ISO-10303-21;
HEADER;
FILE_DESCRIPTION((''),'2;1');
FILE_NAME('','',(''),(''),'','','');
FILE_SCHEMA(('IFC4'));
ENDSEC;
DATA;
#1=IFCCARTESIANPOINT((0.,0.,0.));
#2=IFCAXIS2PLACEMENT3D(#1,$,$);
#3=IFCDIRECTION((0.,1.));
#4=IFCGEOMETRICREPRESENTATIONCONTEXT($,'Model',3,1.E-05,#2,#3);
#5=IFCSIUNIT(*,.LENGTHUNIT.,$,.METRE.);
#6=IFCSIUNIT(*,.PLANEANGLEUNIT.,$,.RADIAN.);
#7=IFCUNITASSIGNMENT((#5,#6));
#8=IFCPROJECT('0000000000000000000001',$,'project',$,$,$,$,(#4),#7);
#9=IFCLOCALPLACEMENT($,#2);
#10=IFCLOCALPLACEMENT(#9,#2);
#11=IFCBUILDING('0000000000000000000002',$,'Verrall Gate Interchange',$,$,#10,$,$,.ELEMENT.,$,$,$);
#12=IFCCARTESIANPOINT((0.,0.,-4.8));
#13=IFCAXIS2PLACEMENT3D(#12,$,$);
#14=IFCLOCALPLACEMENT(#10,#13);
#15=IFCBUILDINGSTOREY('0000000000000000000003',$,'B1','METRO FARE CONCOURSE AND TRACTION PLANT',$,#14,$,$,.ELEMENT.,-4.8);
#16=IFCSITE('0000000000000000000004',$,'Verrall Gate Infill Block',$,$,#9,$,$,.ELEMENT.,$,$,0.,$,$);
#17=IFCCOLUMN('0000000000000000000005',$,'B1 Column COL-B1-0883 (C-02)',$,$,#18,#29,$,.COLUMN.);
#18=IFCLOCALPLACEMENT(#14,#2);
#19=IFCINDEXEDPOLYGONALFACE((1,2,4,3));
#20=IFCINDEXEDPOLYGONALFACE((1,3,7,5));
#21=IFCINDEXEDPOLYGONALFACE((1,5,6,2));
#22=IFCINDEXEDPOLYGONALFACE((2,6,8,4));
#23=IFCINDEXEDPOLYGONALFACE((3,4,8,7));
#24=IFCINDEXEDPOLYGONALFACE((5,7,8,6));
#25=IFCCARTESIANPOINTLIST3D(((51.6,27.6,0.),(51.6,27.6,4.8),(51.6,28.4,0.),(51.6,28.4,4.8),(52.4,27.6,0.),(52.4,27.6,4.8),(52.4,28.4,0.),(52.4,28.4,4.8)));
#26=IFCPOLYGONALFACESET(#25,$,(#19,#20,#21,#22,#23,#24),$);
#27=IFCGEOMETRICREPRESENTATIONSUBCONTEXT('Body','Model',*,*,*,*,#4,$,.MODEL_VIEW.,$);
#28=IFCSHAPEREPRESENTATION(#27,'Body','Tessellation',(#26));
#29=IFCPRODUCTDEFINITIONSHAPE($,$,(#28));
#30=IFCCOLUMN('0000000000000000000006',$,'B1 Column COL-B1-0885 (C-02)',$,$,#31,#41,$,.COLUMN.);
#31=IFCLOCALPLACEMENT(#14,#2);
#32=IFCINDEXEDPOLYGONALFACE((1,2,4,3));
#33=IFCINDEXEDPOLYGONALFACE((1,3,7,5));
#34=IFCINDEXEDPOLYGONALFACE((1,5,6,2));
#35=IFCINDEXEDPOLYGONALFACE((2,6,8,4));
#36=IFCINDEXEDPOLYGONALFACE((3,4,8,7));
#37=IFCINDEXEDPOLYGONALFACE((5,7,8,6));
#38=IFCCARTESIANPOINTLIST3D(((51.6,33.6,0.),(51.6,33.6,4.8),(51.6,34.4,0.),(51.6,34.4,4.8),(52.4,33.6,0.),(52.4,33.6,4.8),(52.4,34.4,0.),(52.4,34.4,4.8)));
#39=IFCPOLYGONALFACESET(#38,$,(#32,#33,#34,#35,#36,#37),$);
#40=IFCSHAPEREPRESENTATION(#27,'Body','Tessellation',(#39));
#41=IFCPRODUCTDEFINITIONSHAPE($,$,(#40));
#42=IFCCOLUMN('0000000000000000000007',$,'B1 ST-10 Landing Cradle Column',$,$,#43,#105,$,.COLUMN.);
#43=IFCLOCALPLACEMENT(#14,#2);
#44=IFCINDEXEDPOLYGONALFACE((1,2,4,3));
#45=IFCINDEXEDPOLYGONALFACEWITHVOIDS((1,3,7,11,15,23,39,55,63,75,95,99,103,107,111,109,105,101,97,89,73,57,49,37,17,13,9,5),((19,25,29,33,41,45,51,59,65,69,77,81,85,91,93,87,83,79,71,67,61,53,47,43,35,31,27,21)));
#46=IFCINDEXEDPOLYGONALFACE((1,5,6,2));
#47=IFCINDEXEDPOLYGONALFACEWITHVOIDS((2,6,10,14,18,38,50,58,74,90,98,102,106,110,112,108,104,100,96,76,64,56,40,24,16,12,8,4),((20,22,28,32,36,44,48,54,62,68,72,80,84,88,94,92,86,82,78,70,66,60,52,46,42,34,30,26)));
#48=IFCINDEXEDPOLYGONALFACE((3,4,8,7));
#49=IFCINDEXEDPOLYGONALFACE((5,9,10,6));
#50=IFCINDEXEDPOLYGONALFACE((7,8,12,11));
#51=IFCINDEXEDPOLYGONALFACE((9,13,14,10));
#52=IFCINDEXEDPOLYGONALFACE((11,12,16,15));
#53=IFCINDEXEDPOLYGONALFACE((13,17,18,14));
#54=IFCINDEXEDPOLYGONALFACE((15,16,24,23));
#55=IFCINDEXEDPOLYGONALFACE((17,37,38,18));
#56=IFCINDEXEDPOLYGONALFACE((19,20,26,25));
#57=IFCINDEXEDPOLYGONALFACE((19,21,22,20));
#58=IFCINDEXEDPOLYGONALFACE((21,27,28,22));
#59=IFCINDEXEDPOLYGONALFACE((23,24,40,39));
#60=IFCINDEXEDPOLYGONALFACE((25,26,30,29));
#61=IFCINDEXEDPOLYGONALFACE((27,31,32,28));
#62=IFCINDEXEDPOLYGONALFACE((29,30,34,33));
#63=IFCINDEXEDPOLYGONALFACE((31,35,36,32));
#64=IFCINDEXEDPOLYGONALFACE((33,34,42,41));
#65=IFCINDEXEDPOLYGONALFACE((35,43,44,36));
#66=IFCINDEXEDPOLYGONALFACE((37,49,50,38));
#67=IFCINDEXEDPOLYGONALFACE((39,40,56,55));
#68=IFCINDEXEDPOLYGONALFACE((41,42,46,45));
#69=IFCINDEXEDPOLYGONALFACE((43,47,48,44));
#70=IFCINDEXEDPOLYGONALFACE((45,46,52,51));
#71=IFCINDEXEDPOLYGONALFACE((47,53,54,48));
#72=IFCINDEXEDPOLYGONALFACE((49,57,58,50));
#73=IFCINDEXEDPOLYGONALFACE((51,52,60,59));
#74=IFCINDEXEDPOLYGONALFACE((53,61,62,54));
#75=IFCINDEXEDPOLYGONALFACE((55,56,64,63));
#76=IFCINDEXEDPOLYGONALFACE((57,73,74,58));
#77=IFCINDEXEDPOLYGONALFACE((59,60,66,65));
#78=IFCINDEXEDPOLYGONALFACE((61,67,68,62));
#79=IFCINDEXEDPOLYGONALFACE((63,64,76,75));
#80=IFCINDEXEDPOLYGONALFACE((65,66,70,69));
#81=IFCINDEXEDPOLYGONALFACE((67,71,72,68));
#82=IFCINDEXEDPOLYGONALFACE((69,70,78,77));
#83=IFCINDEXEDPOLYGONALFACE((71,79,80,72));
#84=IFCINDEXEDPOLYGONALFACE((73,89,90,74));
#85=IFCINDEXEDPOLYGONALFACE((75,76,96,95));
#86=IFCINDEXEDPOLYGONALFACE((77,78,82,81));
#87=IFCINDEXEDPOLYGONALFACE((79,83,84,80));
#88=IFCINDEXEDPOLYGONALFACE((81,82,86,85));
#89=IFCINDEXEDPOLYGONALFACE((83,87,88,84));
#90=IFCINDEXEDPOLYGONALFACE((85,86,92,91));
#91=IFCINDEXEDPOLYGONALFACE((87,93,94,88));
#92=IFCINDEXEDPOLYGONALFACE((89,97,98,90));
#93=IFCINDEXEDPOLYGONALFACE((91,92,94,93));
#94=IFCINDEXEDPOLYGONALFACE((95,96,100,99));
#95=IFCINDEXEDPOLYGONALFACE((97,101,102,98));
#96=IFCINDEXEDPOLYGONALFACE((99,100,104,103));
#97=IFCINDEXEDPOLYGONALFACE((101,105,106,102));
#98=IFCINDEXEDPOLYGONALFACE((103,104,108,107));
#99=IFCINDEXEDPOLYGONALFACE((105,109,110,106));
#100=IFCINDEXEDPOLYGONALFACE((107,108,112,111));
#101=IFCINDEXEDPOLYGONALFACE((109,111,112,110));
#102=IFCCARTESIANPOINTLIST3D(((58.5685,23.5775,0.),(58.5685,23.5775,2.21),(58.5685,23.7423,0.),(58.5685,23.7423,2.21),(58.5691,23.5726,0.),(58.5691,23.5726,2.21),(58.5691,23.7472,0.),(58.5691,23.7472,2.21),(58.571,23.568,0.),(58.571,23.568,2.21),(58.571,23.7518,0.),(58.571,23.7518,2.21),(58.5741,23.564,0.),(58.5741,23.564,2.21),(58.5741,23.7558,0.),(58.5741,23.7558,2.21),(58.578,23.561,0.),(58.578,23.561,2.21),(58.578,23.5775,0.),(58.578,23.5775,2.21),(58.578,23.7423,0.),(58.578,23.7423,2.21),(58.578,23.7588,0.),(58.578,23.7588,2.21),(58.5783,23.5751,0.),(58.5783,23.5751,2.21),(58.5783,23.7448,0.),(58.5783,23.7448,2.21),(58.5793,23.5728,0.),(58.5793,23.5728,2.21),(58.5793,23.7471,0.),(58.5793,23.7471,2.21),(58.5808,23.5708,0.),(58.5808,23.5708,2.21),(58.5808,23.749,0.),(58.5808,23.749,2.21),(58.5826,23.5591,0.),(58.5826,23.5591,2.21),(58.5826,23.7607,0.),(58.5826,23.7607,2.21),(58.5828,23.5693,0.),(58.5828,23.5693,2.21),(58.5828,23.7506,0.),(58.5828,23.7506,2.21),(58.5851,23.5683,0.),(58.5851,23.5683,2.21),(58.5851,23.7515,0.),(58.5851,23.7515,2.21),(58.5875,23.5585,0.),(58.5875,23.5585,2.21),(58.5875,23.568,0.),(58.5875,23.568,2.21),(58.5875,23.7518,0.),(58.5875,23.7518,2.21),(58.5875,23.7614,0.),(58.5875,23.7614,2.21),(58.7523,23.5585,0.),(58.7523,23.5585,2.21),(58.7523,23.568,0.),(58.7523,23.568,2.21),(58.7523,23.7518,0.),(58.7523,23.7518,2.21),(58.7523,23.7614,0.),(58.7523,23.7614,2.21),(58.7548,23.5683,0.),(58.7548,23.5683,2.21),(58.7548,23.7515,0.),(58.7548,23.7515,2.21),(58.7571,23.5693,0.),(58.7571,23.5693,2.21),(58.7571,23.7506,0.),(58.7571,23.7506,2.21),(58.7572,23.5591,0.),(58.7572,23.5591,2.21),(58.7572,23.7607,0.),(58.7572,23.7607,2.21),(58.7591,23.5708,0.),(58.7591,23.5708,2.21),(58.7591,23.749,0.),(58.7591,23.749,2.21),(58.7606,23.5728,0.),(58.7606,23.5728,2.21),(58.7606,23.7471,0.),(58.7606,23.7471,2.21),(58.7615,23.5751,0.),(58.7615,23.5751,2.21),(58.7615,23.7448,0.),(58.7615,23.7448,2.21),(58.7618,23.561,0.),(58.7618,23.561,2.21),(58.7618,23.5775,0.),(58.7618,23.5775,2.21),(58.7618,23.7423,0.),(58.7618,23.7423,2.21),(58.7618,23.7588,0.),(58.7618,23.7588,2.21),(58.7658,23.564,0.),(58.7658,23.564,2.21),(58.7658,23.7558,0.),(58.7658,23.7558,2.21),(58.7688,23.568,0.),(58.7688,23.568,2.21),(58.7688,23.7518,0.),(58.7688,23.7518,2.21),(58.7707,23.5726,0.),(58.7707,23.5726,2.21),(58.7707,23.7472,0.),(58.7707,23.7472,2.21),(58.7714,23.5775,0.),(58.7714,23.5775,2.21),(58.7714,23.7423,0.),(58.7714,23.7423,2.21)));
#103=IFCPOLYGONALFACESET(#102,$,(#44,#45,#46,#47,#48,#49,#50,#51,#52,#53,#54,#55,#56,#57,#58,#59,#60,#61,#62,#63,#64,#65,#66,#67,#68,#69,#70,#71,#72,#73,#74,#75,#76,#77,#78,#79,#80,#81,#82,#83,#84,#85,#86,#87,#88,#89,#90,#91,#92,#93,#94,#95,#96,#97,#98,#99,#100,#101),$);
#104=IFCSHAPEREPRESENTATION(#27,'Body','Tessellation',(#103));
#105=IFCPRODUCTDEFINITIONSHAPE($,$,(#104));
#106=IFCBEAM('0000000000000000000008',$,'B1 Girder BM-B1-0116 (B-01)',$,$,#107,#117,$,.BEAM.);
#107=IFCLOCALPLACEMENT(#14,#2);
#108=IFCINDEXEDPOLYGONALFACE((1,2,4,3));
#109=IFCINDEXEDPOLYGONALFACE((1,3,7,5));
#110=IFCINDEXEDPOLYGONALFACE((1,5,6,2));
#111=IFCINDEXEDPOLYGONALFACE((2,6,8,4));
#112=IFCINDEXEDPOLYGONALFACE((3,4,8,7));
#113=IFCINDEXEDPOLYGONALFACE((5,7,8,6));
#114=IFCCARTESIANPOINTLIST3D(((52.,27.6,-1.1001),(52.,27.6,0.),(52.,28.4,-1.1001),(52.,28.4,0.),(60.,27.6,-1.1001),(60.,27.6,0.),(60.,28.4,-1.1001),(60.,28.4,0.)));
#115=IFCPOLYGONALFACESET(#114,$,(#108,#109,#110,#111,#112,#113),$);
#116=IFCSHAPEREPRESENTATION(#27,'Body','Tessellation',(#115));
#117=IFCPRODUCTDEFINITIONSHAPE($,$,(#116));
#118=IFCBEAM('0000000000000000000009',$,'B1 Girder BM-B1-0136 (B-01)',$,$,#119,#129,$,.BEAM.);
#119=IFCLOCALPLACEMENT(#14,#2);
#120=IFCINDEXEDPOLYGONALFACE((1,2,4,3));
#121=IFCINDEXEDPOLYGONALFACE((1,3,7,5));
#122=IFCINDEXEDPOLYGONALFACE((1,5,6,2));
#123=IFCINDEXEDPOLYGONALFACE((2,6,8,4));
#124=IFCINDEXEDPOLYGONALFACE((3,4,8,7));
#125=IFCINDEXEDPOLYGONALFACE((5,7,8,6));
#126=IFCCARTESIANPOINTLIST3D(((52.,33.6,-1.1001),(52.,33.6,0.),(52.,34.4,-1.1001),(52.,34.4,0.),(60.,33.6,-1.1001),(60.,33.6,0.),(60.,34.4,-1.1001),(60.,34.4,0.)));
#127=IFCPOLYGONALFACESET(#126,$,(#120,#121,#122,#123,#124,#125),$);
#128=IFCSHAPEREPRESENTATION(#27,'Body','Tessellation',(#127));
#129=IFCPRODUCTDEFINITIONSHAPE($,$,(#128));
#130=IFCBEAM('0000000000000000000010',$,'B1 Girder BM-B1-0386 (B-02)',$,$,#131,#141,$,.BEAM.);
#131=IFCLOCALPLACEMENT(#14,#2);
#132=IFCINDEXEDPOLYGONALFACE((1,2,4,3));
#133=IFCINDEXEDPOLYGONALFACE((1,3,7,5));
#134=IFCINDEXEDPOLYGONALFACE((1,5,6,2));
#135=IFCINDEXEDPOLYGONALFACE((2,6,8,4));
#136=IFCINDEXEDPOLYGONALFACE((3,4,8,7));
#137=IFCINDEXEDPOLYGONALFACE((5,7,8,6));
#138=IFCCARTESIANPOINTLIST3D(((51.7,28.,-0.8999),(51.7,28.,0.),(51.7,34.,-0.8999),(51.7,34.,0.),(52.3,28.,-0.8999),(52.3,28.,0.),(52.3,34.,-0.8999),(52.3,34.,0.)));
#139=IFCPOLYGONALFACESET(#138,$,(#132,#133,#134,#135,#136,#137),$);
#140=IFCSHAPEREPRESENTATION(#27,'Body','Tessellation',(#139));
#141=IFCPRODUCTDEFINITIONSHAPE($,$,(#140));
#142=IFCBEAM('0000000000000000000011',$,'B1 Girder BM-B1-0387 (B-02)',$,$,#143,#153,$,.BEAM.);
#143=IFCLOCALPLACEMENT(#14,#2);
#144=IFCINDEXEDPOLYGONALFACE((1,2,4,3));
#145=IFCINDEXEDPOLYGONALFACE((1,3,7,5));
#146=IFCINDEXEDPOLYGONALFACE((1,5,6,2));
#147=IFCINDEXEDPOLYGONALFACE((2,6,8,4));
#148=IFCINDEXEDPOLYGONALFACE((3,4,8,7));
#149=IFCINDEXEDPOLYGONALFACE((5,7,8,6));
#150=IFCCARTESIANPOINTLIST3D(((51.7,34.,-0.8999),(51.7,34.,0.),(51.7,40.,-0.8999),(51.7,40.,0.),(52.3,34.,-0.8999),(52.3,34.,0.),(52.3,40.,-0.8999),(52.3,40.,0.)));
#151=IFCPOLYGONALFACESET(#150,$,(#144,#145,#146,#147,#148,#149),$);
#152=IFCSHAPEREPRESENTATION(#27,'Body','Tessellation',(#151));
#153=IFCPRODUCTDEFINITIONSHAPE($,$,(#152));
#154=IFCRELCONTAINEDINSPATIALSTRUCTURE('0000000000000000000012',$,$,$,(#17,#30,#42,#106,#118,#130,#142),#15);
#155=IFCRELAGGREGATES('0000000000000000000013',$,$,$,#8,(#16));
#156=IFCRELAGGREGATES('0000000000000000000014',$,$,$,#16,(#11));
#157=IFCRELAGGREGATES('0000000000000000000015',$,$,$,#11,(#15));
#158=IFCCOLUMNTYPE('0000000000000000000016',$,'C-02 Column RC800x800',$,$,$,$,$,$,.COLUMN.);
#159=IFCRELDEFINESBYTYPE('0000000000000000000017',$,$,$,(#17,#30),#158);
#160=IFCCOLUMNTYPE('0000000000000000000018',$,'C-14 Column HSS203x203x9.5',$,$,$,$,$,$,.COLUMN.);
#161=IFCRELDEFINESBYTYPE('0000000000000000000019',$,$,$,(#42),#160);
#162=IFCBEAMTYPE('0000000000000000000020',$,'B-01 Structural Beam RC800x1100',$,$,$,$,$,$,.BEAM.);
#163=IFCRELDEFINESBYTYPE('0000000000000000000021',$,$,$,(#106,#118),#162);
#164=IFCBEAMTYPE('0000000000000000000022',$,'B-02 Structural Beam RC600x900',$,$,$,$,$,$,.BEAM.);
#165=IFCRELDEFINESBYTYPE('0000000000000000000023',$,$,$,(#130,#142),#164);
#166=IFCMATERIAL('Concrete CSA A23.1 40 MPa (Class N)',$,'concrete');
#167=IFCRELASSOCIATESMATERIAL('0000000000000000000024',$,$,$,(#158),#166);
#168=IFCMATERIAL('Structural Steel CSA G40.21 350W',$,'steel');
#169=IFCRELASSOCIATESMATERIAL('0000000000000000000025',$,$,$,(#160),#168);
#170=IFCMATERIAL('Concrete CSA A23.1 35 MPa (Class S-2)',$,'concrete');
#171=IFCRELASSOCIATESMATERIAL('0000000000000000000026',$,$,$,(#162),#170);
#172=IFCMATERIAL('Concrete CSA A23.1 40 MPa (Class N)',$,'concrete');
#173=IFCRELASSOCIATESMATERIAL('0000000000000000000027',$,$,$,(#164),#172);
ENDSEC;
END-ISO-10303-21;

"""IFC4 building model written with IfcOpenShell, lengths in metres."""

from ifc_helpers import new_model, si_unit, direction, frame, origin, origin_2d, place, context, subcontext, project, spatial, rectangle, hollow_rectangle, extrude, material, material_profile, profile_set, type_object, element, save


model = new_model("IFC4")

# Units and contexts
model_context = context("Model", 3, precision=1e-05, world=origin(), true_north=direction((0.0, 1.0)))
body_context = subcontext(model_context, "Body", "Model", "MODEL_VIEW")
ifc_project = project(units=[si_unit("LENGTHUNIT", "METRE"), si_unit("PLANEANGLEUNIT", "RADIAN")], contexts=[model_context])

# Site, building, storey
site_placement = place(None, origin())
site = spatial("IfcSite", under=ifc_project, at=site_placement, Name="Verrall Gate Infill Block", CompositionType="ELEMENT", RefElevation=0.0)
building_placement = place(site_placement, origin())
building = spatial("IfcBuilding", under=site, at=building_placement, Name="Verrall Gate Interchange", CompositionType="ELEMENT")
storey_placement = place(building_placement, frame((0.0, 0.0, -4.8)))
storey = spatial("IfcBuildingStorey", under=building, at=storey_placement, Name="B1", Description="METRO FARE CONCOURSE AND TRACTION PLANT", CompositionType="ELEMENT", Elevation=-4.8)

# Columns
ifc_material_1 = material(Name="Concrete CSA A23.1 40 MPa (Class N)", Category="concrete")
ifc_material_profile_1 = material_profile(ifc_material_1, rectangle(XDim=0.8, YDim=0.8, at=origin_2d()), Name="RC800x800")
ifc_profile_set_1 = profile_set([ifc_material_profile_1], Name="Concrete CSA A23.1 40 MPa (Class N)")
column_type_1 = type_object("IfcColumnType", Name="C-02 Column RC800x800", PredefinedType="COLUMN", material=ifc_profile_set_1)
for number, where, z_axis, x_axis, name in (
    (1, (52.0, 28.0, 0.0), (0.0, 0.0, 1.0), (1.0, 0.0, 0.0), "B1 Column COL-B1-0883 (C-02)"),
    (2, (52.0, 34.0, 0.0), (0.0, 0.0, 1.0), (1.0, 0.0, 0.0), "B1 Column COL-B1-0885 (C-02)"),
):
    element("IfcColumn", number, at=place(storey_placement, frame(where, z_axis=z_axis, x_axis=x_axis)), inside=storey, type_object=column_type_1, Name=name, PredefinedType="COLUMN", context=body_context, shape_type="SweptSolid", body=[
        extrude(rectangle(XDim=0.8, YDim=0.8, at=origin_2d()), origin(), (0.0, 0.0, 1.0), 4.8),
    ])
ifc_material_2 = material(Name="Structural Steel CSA G40.21 350W", Category="steel")
ifc_material_profile_2 = material_profile(ifc_material_2, hollow_rectangle(XDim=0.2029, YDim=0.2029, WallThickness=0.0095, InnerFilletRadius=0.0095, OuterFilletRadius=0.019, at=origin_2d()), Name="HSS203x203x9.5")
ifc_profile_set_2 = profile_set([ifc_material_profile_2], Name="Structural Steel CSA G40.21 350W")
column_type_2 = type_object("IfcColumnType", Name="C-14 Column HSS203x203x9.5", PredefinedType="COLUMN", material=ifc_profile_set_2)
column_placement = place(storey_placement, frame((58.6699, 23.6599, 0.0), z_axis=(0.0, 0.0, 1.0), x_axis=(1.0, 0.0, 0.0)))
element("IfcColumn", 3, at=column_placement, inside=storey, type_object=column_type_2, Name="B1 ST-10 Landing Cradle Column", PredefinedType="COLUMN", context=body_context, shape_type="SweptSolid", body=[
    extrude(hollow_rectangle(XDim=0.2029, YDim=0.2029, WallThickness=0.0095, InnerFilletRadius=0.0095, OuterFilletRadius=0.019, at=origin_2d()), origin(), (0.0, 0.0, 1.0), 2.21),
])

# Beams
ifc_material_3 = material(Name="Concrete CSA A23.1 35 MPa (Class S-2)", Category="concrete")
ifc_material_profile_3 = material_profile(ifc_material_3, rectangle(XDim=0.8, YDim=1.1001, at=origin_2d()), Name="RC800x1100")
ifc_profile_set_3 = profile_set([ifc_material_profile_3], Name="Concrete CSA A23.1 35 MPa (Class S-2)")
beam_type_1 = type_object("IfcBeamType", Name="B-01 Structural Beam RC800x1100", PredefinedType="BEAM", material=ifc_profile_set_3)
for number, where, z_axis, x_axis, name in (
    (4, (52.0, 28.0, -0.55), (1.0, 0.0, 0.0), (0.0, 1.0, 0.0), "B1 Girder BM-B1-0116 (B-01)"),
    (5, (52.0, 34.0, -0.55), (1.0, 0.0, 0.0), (0.0, 1.0, 0.0), "B1 Girder BM-B1-0136 (B-01)"),
):
    element("IfcBeam", number, at=place(storey_placement, frame(where, z_axis=z_axis, x_axis=x_axis)), inside=storey, type_object=beam_type_1, Name=name, PredefinedType="BEAM", context=body_context, shape_type="SweptSolid", body=[
        extrude(rectangle(XDim=0.8, YDim=1.1001, at=origin_2d()), origin(), (0.0, 0.0, 1.0), 8.0),
    ])
ifc_material_4 = material(Name="Concrete CSA A23.1 40 MPa (Class N)", Category="concrete")
ifc_material_profile_4 = material_profile(ifc_material_4, rectangle(XDim=0.6001, YDim=0.8999, at=origin_2d()), Name="RC600x900")
ifc_profile_set_4 = profile_set([ifc_material_profile_4], Name="Concrete CSA A23.1 40 MPa (Class N)")
beam_type_2 = type_object("IfcBeamType", Name="B-02 Structural Beam RC600x900", PredefinedType="BEAM", material=ifc_profile_set_4)
for number, where, z_axis, x_axis, name in (
    (6, (52.0, 28.0, -0.45), (0.0, 1.0, 0.0), (-1.0, 0.0, 0.0), "B1 Girder BM-B1-0386 (B-02)"),
    (7, (52.0, 34.0, -0.45), (0.0, 1.0, 0.0), (-1.0, 0.0, 0.0), "B1 Girder BM-B1-0387 (B-02)"),
):
    element("IfcBeam", number, at=place(storey_placement, frame(where, z_axis=z_axis, x_axis=x_axis)), inside=storey, type_object=beam_type_2, Name=name, PredefinedType="BEAM", context=body_context, shape_type="SweptSolid", body=[
        extrude(rectangle(XDim=0.6001, YDim=0.8999, at=origin_2d()), origin(), (0.0, 0.0, 1.0), 6.0),
    ])

save(model, "model.ifc")
